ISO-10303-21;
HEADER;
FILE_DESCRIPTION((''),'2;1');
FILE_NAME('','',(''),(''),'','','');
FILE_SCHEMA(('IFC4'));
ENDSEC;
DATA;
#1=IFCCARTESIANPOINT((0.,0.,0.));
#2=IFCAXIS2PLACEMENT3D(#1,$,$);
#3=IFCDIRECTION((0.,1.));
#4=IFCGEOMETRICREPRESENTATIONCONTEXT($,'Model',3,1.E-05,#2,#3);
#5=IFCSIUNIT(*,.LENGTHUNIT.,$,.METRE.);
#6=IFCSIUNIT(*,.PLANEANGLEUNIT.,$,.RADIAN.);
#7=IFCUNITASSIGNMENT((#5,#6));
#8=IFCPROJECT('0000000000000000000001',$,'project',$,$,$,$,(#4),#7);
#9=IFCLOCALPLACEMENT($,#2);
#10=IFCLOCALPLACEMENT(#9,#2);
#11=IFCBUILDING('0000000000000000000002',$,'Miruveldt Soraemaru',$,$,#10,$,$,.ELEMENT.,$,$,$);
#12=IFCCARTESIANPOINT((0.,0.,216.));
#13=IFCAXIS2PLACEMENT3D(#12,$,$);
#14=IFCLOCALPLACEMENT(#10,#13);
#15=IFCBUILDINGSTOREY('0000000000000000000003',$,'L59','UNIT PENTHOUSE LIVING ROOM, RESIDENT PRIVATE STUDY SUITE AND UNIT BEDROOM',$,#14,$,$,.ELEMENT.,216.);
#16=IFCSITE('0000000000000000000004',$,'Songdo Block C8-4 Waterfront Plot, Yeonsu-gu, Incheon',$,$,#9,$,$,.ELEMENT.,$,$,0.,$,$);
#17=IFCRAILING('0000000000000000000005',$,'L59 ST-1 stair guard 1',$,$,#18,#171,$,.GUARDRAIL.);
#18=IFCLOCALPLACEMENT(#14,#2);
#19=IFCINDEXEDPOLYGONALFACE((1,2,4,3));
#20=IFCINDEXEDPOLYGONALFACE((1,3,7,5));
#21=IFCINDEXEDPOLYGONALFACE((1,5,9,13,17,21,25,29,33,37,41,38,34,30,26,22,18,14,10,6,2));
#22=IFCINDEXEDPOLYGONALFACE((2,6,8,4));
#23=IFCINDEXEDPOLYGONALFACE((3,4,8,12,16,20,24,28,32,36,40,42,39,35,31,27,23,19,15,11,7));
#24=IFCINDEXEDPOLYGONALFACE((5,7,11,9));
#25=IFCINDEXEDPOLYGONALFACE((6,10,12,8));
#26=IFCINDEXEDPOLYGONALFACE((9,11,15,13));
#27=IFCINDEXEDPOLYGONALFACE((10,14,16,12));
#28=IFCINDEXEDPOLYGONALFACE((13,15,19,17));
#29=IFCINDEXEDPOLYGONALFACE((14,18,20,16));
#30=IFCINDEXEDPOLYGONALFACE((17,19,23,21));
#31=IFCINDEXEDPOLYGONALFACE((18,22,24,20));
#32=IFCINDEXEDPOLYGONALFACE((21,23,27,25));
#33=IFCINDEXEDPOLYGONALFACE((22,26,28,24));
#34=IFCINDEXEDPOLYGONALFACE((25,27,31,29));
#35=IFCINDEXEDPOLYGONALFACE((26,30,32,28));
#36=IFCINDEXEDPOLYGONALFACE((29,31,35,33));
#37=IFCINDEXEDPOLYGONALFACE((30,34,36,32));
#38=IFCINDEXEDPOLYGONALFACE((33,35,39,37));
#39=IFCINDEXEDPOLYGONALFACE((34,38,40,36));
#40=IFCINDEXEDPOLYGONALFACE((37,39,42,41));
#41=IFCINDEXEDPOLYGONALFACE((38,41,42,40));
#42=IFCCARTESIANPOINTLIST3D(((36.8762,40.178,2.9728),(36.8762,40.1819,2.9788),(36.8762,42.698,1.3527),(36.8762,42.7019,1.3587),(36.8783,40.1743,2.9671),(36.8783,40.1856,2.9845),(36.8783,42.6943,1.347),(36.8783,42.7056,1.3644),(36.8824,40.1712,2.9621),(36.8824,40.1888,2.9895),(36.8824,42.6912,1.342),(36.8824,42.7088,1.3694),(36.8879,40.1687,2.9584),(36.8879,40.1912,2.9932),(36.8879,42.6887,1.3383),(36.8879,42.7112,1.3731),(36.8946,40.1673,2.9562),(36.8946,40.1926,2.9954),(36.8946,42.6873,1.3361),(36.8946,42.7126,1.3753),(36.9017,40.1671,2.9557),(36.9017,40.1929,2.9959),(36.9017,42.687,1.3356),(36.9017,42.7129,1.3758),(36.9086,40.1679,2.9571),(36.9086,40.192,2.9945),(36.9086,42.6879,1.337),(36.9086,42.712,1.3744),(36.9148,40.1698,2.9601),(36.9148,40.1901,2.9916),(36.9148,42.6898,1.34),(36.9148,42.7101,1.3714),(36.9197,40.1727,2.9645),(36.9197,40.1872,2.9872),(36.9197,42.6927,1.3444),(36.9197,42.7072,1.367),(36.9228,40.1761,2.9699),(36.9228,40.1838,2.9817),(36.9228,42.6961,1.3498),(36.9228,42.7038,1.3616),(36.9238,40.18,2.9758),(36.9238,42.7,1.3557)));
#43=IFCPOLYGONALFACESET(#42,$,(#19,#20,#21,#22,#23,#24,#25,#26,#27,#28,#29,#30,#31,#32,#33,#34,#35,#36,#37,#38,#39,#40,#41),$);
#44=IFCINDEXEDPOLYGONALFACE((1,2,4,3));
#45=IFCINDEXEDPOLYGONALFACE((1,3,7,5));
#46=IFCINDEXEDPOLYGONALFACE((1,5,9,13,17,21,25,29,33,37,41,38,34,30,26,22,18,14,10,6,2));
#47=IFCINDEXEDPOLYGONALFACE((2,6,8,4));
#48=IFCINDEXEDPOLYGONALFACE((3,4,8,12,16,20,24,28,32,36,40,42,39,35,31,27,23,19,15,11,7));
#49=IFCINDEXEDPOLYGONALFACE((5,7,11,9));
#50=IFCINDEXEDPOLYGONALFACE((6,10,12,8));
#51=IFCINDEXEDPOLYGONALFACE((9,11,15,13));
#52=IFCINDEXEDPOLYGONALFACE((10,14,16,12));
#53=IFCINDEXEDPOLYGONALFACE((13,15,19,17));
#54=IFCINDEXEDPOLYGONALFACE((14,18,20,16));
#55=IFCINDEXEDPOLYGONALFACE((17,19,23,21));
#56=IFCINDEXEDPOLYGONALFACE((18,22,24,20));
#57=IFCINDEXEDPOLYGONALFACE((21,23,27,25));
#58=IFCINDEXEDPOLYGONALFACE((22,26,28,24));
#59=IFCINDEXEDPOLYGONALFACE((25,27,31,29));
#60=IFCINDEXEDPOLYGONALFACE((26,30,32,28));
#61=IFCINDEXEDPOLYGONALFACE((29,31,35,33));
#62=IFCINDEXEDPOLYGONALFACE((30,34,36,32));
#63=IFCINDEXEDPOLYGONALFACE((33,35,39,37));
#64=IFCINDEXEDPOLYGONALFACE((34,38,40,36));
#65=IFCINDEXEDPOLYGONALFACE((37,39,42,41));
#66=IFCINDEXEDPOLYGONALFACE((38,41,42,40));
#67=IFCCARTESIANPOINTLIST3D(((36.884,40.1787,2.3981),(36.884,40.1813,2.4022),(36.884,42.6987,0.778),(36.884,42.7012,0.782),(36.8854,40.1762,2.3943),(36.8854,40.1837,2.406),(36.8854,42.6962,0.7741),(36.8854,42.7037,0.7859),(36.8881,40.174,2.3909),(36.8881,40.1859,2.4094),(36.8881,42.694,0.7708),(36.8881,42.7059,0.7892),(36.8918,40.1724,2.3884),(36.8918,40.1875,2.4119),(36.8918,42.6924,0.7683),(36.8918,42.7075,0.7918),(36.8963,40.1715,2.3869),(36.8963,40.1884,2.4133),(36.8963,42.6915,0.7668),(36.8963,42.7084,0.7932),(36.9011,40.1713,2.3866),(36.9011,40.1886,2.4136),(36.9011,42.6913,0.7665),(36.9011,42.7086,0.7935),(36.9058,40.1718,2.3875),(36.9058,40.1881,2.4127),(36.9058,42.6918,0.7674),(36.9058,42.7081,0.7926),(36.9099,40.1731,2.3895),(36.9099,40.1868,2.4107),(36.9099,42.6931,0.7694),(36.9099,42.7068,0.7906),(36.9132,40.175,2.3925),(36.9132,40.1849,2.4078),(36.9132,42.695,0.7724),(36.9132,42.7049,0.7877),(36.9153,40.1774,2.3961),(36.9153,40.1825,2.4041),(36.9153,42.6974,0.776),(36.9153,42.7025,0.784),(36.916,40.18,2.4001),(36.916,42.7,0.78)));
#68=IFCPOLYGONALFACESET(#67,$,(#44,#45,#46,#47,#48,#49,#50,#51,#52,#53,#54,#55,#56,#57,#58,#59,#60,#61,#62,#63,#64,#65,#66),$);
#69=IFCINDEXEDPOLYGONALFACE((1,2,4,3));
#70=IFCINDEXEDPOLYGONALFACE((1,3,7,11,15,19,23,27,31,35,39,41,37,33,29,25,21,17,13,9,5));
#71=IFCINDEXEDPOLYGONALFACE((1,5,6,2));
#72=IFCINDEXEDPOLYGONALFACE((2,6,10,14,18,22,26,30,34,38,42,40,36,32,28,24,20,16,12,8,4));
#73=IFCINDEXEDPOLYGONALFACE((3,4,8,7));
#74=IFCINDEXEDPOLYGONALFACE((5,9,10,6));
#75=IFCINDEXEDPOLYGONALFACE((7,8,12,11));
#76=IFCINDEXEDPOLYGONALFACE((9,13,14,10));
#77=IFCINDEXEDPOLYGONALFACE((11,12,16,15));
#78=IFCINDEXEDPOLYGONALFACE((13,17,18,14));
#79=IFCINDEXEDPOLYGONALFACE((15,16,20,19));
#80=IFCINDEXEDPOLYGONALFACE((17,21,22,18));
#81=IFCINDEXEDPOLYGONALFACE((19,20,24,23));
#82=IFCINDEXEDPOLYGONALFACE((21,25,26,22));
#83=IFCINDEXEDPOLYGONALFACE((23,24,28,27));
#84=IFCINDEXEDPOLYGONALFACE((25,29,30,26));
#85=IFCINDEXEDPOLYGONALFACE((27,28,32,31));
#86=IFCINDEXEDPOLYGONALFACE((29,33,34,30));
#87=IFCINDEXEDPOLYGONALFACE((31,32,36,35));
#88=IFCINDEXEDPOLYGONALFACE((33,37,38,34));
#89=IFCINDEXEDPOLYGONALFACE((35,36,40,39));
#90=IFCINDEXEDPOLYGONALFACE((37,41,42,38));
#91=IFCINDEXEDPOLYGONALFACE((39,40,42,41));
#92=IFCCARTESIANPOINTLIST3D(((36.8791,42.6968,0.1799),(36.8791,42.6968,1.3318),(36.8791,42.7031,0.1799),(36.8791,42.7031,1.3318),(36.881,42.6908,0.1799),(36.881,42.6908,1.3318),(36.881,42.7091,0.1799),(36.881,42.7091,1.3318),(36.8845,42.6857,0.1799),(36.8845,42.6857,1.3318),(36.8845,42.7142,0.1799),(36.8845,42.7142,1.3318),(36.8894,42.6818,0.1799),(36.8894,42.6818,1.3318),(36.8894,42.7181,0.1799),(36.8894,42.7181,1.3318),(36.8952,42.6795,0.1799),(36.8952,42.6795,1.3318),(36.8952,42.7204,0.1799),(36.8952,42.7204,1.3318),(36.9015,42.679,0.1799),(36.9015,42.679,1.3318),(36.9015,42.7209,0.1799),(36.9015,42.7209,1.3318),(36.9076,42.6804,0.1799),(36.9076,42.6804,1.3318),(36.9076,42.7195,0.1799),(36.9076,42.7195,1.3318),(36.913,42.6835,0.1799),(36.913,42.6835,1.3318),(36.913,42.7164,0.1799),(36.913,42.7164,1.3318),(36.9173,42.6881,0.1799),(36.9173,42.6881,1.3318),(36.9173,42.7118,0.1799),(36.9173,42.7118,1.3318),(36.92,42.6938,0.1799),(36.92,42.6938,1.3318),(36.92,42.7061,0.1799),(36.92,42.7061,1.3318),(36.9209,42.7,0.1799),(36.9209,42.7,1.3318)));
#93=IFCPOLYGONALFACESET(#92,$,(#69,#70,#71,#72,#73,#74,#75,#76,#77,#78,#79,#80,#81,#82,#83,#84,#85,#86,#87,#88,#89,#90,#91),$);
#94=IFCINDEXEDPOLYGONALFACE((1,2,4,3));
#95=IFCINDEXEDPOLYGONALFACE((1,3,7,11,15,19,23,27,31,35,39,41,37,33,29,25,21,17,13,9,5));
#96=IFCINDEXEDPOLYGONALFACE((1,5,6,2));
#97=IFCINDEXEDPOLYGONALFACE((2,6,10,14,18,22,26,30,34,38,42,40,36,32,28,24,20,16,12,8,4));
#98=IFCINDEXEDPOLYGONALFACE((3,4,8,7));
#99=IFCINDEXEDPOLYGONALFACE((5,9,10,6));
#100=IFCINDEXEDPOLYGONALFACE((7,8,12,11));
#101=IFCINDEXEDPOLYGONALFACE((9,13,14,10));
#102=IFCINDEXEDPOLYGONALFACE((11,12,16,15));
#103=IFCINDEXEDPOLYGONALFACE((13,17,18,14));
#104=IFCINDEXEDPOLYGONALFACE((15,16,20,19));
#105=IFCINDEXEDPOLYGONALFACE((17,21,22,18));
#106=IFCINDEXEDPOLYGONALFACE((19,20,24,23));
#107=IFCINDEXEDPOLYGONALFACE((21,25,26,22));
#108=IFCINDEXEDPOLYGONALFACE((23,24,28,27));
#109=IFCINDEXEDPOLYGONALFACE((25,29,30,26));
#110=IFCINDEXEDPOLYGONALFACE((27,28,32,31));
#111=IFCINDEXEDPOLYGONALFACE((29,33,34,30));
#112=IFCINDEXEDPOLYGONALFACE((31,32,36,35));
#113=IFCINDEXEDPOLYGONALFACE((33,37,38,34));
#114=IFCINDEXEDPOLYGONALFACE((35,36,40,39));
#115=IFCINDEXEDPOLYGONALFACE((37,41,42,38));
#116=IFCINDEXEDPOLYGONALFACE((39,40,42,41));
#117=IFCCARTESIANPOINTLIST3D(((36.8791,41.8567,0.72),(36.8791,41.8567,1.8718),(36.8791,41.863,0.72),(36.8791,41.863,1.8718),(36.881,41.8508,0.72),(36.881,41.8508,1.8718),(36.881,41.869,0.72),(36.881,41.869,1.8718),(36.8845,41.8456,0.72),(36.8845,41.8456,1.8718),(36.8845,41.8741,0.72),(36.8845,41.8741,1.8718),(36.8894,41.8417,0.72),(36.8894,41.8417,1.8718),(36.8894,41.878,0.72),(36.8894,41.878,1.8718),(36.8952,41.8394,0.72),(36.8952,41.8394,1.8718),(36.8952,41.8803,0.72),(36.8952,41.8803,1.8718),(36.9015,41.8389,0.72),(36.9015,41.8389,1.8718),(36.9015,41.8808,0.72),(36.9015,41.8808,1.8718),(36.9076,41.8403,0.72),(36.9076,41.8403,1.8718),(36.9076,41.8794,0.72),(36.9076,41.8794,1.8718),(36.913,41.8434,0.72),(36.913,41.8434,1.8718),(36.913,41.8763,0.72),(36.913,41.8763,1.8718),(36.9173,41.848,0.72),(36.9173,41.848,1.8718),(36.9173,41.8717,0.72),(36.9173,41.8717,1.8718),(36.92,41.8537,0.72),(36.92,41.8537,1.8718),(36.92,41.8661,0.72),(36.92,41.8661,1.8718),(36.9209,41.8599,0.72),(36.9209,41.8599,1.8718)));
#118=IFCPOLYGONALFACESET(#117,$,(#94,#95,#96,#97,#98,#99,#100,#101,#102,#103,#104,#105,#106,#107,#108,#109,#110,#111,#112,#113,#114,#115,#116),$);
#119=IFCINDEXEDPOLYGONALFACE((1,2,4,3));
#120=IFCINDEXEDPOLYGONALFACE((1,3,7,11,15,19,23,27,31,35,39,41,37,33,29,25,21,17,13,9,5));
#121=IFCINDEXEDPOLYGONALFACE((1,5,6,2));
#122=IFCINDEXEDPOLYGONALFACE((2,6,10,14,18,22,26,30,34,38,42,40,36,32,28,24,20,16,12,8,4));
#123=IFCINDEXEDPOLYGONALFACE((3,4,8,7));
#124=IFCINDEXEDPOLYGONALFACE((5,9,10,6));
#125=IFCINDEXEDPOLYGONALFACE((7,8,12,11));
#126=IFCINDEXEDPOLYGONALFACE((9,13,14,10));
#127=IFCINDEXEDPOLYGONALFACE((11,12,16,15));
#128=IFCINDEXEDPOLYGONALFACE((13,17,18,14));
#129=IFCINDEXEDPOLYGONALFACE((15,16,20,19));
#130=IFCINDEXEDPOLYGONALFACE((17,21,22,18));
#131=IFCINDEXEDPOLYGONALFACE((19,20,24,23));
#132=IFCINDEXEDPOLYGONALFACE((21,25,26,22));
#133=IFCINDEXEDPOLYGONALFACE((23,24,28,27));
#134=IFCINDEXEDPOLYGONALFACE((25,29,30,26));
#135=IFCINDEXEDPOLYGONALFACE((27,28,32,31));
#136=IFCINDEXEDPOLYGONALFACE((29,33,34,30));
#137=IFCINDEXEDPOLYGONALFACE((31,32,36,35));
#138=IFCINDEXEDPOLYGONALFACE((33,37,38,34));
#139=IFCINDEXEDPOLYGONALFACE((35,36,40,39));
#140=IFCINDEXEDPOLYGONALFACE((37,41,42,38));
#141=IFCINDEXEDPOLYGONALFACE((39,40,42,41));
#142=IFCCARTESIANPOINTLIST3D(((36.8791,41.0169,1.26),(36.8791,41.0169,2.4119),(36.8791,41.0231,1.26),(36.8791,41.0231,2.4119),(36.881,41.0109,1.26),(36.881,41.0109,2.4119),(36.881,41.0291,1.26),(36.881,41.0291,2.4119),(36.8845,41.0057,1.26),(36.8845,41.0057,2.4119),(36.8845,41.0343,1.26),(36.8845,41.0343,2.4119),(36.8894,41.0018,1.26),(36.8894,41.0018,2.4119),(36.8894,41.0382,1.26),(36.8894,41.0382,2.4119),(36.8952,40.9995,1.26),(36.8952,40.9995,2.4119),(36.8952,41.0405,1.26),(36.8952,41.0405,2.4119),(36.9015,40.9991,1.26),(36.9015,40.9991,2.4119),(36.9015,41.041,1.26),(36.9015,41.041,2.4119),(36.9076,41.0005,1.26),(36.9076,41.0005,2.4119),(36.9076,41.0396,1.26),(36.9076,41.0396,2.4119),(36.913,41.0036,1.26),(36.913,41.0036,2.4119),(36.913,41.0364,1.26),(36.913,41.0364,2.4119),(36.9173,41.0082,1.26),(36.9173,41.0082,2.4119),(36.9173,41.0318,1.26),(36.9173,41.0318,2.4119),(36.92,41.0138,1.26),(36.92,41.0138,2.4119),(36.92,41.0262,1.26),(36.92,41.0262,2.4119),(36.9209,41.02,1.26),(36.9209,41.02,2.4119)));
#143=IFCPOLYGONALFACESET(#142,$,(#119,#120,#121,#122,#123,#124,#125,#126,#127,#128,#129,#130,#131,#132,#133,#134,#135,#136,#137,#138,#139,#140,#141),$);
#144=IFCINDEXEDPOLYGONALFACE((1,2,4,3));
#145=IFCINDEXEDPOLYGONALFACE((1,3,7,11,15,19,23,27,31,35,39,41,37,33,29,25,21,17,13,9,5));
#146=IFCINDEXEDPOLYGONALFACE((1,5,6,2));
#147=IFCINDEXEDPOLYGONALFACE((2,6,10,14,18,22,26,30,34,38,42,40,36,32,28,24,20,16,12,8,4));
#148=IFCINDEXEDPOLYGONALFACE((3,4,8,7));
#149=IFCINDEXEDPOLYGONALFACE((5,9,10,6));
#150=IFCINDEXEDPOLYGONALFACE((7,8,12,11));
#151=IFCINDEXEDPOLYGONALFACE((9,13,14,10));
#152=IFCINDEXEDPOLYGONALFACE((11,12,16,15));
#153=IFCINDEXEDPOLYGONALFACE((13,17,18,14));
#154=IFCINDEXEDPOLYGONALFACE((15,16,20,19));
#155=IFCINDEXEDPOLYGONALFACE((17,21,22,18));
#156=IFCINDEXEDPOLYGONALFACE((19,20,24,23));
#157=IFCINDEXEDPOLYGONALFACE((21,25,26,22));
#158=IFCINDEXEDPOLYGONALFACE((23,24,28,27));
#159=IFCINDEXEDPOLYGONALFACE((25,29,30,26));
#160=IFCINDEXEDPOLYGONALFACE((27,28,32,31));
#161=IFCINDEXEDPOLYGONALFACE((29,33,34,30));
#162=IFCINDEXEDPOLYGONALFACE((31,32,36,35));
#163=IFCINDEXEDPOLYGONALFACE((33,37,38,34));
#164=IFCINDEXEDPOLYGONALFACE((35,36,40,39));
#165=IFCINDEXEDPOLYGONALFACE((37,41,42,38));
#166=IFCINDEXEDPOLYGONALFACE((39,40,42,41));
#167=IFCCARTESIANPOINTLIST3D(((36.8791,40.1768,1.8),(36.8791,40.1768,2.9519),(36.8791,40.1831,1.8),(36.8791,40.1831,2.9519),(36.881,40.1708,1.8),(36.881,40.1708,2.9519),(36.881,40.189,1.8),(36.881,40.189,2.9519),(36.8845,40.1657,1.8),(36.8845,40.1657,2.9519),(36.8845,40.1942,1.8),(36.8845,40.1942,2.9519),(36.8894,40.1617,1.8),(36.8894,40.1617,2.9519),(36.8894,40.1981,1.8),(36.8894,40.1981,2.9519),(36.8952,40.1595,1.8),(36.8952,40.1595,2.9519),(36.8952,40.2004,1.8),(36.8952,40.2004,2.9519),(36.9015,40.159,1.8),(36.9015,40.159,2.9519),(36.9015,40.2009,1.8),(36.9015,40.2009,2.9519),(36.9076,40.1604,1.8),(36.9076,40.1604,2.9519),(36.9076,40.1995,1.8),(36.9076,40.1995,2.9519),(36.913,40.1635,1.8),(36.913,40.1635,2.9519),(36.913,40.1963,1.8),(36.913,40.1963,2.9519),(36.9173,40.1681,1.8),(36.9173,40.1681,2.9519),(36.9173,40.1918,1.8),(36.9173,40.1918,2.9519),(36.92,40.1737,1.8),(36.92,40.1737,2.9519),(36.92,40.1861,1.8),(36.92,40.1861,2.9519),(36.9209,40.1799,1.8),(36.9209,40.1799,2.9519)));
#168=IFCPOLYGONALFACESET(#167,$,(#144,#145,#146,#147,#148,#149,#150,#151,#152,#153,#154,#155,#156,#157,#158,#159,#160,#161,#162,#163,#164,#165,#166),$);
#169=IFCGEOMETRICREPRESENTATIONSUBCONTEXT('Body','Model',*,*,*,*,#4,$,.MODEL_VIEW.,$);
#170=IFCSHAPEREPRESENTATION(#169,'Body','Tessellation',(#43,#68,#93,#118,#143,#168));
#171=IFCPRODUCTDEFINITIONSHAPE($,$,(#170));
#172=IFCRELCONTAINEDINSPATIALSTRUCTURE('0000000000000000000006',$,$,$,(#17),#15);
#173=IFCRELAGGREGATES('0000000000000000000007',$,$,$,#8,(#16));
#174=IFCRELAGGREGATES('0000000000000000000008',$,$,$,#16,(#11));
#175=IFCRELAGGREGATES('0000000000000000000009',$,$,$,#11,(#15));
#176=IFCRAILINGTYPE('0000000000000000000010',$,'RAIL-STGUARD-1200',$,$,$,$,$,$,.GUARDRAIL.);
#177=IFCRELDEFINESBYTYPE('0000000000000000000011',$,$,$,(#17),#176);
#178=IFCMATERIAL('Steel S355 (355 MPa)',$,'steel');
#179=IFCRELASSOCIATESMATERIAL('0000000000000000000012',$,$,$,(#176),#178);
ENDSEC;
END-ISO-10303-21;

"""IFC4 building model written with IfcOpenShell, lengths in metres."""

from ifc_helpers import new_model, si_unit, direction, frame, origin, origin_2d, place, context, subcontext, project, spatial, circle, extrude, material, type_object, element, save


model = new_model("IFC4")

# Units and contexts
model_context = context("Model", 3, precision=1e-05, world=origin(), true_north=direction((0.0, 1.0)))
body_context = subcontext(model_context, "Body", "Model", "MODEL_VIEW")
ifc_project = project(units=[si_unit("LENGTHUNIT", "METRE"), si_unit("PLANEANGLEUNIT", "RADIAN")], contexts=[model_context])

# Site, building, storey
site_placement = place(None, origin())
site = spatial("IfcSite", under=ifc_project, at=site_placement, Name="Songdo Block C8-4 Waterfront Plot, Yeonsu-gu, Incheon", CompositionType="ELEMENT", RefElevation=0.0)
building_placement = place(site_placement, origin())
building = spatial("IfcBuilding", under=site, at=building_placement, Name="Miruveldt Soraemaru", CompositionType="ELEMENT")
storey_placement = place(building_placement, frame((0.0, 0.0, 216.0)))
storey = spatial("IfcBuildingStorey", under=building, at=storey_placement, Name="L59", Description="UNIT PENTHOUSE LIVING ROOM, RESIDENT PRIVATE STUDY SUITE AND UNIT BEDROOM", CompositionType="ELEMENT", Elevation=216.0)

# Railing
ifc_material_1 = material(Name="Steel S355 (355 MPa)", Category="steel")
railing_type_1 = type_object("IfcRailingType", Name="RAIL-STGUARD-1200", PredefinedType="GUARDRAIL", material=ifc_material_1)
railing_1_placement = place(storey_placement, frame((36.8999, 42.7, 0.1799)))
element("IfcRailing", 1, at=railing_1_placement, inside=storey, type_object=railing_type_1, Name="L59 ST-1 stair guard 1", PredefinedType="GUARDRAIL", context=body_context, shape_type="SweptSolid", body=[
    extrude(circle(Radius=0.0239, at=origin_2d()), frame((0.0, 0.0, 1.1758), z_axis=(0.0, -0.841163, 0.540782), x_axis=(1.0, 0.0, 0.0)), (0.0, 0.0, 1.0), 2.9958),
    extrude(circle(Radius=0.0161, at=origin_2d()), frame((0.0, 0.0, 0.6001), z_axis=(0.0, -0.841163, 0.540782), x_axis=(1.0, 0.0, 0.0)), (0.0, 0.0, 1.0), 2.9958),
    extrude(circle(Radius=0.021, at=origin_2d()), origin(), (0.0, 0.0, 1.0), 1.1519),
    extrude(circle(Radius=0.021, at=origin_2d()), frame((0.0, -0.8401, 0.54)), (0.0, 0.0, 1.0), 1.1519),
    extrude(circle(Radius=0.021, at=origin_2d()), frame((0.0, -1.6799, 1.0801)), (0.0, 0.0, 1.0), 1.1519),
    extrude(circle(Radius=0.021, at=origin_2d()), frame((0.0, -2.52, 1.6201)), (0.0, 0.0, 1.0), 1.1519),
])

save(model, "model.ifc")
